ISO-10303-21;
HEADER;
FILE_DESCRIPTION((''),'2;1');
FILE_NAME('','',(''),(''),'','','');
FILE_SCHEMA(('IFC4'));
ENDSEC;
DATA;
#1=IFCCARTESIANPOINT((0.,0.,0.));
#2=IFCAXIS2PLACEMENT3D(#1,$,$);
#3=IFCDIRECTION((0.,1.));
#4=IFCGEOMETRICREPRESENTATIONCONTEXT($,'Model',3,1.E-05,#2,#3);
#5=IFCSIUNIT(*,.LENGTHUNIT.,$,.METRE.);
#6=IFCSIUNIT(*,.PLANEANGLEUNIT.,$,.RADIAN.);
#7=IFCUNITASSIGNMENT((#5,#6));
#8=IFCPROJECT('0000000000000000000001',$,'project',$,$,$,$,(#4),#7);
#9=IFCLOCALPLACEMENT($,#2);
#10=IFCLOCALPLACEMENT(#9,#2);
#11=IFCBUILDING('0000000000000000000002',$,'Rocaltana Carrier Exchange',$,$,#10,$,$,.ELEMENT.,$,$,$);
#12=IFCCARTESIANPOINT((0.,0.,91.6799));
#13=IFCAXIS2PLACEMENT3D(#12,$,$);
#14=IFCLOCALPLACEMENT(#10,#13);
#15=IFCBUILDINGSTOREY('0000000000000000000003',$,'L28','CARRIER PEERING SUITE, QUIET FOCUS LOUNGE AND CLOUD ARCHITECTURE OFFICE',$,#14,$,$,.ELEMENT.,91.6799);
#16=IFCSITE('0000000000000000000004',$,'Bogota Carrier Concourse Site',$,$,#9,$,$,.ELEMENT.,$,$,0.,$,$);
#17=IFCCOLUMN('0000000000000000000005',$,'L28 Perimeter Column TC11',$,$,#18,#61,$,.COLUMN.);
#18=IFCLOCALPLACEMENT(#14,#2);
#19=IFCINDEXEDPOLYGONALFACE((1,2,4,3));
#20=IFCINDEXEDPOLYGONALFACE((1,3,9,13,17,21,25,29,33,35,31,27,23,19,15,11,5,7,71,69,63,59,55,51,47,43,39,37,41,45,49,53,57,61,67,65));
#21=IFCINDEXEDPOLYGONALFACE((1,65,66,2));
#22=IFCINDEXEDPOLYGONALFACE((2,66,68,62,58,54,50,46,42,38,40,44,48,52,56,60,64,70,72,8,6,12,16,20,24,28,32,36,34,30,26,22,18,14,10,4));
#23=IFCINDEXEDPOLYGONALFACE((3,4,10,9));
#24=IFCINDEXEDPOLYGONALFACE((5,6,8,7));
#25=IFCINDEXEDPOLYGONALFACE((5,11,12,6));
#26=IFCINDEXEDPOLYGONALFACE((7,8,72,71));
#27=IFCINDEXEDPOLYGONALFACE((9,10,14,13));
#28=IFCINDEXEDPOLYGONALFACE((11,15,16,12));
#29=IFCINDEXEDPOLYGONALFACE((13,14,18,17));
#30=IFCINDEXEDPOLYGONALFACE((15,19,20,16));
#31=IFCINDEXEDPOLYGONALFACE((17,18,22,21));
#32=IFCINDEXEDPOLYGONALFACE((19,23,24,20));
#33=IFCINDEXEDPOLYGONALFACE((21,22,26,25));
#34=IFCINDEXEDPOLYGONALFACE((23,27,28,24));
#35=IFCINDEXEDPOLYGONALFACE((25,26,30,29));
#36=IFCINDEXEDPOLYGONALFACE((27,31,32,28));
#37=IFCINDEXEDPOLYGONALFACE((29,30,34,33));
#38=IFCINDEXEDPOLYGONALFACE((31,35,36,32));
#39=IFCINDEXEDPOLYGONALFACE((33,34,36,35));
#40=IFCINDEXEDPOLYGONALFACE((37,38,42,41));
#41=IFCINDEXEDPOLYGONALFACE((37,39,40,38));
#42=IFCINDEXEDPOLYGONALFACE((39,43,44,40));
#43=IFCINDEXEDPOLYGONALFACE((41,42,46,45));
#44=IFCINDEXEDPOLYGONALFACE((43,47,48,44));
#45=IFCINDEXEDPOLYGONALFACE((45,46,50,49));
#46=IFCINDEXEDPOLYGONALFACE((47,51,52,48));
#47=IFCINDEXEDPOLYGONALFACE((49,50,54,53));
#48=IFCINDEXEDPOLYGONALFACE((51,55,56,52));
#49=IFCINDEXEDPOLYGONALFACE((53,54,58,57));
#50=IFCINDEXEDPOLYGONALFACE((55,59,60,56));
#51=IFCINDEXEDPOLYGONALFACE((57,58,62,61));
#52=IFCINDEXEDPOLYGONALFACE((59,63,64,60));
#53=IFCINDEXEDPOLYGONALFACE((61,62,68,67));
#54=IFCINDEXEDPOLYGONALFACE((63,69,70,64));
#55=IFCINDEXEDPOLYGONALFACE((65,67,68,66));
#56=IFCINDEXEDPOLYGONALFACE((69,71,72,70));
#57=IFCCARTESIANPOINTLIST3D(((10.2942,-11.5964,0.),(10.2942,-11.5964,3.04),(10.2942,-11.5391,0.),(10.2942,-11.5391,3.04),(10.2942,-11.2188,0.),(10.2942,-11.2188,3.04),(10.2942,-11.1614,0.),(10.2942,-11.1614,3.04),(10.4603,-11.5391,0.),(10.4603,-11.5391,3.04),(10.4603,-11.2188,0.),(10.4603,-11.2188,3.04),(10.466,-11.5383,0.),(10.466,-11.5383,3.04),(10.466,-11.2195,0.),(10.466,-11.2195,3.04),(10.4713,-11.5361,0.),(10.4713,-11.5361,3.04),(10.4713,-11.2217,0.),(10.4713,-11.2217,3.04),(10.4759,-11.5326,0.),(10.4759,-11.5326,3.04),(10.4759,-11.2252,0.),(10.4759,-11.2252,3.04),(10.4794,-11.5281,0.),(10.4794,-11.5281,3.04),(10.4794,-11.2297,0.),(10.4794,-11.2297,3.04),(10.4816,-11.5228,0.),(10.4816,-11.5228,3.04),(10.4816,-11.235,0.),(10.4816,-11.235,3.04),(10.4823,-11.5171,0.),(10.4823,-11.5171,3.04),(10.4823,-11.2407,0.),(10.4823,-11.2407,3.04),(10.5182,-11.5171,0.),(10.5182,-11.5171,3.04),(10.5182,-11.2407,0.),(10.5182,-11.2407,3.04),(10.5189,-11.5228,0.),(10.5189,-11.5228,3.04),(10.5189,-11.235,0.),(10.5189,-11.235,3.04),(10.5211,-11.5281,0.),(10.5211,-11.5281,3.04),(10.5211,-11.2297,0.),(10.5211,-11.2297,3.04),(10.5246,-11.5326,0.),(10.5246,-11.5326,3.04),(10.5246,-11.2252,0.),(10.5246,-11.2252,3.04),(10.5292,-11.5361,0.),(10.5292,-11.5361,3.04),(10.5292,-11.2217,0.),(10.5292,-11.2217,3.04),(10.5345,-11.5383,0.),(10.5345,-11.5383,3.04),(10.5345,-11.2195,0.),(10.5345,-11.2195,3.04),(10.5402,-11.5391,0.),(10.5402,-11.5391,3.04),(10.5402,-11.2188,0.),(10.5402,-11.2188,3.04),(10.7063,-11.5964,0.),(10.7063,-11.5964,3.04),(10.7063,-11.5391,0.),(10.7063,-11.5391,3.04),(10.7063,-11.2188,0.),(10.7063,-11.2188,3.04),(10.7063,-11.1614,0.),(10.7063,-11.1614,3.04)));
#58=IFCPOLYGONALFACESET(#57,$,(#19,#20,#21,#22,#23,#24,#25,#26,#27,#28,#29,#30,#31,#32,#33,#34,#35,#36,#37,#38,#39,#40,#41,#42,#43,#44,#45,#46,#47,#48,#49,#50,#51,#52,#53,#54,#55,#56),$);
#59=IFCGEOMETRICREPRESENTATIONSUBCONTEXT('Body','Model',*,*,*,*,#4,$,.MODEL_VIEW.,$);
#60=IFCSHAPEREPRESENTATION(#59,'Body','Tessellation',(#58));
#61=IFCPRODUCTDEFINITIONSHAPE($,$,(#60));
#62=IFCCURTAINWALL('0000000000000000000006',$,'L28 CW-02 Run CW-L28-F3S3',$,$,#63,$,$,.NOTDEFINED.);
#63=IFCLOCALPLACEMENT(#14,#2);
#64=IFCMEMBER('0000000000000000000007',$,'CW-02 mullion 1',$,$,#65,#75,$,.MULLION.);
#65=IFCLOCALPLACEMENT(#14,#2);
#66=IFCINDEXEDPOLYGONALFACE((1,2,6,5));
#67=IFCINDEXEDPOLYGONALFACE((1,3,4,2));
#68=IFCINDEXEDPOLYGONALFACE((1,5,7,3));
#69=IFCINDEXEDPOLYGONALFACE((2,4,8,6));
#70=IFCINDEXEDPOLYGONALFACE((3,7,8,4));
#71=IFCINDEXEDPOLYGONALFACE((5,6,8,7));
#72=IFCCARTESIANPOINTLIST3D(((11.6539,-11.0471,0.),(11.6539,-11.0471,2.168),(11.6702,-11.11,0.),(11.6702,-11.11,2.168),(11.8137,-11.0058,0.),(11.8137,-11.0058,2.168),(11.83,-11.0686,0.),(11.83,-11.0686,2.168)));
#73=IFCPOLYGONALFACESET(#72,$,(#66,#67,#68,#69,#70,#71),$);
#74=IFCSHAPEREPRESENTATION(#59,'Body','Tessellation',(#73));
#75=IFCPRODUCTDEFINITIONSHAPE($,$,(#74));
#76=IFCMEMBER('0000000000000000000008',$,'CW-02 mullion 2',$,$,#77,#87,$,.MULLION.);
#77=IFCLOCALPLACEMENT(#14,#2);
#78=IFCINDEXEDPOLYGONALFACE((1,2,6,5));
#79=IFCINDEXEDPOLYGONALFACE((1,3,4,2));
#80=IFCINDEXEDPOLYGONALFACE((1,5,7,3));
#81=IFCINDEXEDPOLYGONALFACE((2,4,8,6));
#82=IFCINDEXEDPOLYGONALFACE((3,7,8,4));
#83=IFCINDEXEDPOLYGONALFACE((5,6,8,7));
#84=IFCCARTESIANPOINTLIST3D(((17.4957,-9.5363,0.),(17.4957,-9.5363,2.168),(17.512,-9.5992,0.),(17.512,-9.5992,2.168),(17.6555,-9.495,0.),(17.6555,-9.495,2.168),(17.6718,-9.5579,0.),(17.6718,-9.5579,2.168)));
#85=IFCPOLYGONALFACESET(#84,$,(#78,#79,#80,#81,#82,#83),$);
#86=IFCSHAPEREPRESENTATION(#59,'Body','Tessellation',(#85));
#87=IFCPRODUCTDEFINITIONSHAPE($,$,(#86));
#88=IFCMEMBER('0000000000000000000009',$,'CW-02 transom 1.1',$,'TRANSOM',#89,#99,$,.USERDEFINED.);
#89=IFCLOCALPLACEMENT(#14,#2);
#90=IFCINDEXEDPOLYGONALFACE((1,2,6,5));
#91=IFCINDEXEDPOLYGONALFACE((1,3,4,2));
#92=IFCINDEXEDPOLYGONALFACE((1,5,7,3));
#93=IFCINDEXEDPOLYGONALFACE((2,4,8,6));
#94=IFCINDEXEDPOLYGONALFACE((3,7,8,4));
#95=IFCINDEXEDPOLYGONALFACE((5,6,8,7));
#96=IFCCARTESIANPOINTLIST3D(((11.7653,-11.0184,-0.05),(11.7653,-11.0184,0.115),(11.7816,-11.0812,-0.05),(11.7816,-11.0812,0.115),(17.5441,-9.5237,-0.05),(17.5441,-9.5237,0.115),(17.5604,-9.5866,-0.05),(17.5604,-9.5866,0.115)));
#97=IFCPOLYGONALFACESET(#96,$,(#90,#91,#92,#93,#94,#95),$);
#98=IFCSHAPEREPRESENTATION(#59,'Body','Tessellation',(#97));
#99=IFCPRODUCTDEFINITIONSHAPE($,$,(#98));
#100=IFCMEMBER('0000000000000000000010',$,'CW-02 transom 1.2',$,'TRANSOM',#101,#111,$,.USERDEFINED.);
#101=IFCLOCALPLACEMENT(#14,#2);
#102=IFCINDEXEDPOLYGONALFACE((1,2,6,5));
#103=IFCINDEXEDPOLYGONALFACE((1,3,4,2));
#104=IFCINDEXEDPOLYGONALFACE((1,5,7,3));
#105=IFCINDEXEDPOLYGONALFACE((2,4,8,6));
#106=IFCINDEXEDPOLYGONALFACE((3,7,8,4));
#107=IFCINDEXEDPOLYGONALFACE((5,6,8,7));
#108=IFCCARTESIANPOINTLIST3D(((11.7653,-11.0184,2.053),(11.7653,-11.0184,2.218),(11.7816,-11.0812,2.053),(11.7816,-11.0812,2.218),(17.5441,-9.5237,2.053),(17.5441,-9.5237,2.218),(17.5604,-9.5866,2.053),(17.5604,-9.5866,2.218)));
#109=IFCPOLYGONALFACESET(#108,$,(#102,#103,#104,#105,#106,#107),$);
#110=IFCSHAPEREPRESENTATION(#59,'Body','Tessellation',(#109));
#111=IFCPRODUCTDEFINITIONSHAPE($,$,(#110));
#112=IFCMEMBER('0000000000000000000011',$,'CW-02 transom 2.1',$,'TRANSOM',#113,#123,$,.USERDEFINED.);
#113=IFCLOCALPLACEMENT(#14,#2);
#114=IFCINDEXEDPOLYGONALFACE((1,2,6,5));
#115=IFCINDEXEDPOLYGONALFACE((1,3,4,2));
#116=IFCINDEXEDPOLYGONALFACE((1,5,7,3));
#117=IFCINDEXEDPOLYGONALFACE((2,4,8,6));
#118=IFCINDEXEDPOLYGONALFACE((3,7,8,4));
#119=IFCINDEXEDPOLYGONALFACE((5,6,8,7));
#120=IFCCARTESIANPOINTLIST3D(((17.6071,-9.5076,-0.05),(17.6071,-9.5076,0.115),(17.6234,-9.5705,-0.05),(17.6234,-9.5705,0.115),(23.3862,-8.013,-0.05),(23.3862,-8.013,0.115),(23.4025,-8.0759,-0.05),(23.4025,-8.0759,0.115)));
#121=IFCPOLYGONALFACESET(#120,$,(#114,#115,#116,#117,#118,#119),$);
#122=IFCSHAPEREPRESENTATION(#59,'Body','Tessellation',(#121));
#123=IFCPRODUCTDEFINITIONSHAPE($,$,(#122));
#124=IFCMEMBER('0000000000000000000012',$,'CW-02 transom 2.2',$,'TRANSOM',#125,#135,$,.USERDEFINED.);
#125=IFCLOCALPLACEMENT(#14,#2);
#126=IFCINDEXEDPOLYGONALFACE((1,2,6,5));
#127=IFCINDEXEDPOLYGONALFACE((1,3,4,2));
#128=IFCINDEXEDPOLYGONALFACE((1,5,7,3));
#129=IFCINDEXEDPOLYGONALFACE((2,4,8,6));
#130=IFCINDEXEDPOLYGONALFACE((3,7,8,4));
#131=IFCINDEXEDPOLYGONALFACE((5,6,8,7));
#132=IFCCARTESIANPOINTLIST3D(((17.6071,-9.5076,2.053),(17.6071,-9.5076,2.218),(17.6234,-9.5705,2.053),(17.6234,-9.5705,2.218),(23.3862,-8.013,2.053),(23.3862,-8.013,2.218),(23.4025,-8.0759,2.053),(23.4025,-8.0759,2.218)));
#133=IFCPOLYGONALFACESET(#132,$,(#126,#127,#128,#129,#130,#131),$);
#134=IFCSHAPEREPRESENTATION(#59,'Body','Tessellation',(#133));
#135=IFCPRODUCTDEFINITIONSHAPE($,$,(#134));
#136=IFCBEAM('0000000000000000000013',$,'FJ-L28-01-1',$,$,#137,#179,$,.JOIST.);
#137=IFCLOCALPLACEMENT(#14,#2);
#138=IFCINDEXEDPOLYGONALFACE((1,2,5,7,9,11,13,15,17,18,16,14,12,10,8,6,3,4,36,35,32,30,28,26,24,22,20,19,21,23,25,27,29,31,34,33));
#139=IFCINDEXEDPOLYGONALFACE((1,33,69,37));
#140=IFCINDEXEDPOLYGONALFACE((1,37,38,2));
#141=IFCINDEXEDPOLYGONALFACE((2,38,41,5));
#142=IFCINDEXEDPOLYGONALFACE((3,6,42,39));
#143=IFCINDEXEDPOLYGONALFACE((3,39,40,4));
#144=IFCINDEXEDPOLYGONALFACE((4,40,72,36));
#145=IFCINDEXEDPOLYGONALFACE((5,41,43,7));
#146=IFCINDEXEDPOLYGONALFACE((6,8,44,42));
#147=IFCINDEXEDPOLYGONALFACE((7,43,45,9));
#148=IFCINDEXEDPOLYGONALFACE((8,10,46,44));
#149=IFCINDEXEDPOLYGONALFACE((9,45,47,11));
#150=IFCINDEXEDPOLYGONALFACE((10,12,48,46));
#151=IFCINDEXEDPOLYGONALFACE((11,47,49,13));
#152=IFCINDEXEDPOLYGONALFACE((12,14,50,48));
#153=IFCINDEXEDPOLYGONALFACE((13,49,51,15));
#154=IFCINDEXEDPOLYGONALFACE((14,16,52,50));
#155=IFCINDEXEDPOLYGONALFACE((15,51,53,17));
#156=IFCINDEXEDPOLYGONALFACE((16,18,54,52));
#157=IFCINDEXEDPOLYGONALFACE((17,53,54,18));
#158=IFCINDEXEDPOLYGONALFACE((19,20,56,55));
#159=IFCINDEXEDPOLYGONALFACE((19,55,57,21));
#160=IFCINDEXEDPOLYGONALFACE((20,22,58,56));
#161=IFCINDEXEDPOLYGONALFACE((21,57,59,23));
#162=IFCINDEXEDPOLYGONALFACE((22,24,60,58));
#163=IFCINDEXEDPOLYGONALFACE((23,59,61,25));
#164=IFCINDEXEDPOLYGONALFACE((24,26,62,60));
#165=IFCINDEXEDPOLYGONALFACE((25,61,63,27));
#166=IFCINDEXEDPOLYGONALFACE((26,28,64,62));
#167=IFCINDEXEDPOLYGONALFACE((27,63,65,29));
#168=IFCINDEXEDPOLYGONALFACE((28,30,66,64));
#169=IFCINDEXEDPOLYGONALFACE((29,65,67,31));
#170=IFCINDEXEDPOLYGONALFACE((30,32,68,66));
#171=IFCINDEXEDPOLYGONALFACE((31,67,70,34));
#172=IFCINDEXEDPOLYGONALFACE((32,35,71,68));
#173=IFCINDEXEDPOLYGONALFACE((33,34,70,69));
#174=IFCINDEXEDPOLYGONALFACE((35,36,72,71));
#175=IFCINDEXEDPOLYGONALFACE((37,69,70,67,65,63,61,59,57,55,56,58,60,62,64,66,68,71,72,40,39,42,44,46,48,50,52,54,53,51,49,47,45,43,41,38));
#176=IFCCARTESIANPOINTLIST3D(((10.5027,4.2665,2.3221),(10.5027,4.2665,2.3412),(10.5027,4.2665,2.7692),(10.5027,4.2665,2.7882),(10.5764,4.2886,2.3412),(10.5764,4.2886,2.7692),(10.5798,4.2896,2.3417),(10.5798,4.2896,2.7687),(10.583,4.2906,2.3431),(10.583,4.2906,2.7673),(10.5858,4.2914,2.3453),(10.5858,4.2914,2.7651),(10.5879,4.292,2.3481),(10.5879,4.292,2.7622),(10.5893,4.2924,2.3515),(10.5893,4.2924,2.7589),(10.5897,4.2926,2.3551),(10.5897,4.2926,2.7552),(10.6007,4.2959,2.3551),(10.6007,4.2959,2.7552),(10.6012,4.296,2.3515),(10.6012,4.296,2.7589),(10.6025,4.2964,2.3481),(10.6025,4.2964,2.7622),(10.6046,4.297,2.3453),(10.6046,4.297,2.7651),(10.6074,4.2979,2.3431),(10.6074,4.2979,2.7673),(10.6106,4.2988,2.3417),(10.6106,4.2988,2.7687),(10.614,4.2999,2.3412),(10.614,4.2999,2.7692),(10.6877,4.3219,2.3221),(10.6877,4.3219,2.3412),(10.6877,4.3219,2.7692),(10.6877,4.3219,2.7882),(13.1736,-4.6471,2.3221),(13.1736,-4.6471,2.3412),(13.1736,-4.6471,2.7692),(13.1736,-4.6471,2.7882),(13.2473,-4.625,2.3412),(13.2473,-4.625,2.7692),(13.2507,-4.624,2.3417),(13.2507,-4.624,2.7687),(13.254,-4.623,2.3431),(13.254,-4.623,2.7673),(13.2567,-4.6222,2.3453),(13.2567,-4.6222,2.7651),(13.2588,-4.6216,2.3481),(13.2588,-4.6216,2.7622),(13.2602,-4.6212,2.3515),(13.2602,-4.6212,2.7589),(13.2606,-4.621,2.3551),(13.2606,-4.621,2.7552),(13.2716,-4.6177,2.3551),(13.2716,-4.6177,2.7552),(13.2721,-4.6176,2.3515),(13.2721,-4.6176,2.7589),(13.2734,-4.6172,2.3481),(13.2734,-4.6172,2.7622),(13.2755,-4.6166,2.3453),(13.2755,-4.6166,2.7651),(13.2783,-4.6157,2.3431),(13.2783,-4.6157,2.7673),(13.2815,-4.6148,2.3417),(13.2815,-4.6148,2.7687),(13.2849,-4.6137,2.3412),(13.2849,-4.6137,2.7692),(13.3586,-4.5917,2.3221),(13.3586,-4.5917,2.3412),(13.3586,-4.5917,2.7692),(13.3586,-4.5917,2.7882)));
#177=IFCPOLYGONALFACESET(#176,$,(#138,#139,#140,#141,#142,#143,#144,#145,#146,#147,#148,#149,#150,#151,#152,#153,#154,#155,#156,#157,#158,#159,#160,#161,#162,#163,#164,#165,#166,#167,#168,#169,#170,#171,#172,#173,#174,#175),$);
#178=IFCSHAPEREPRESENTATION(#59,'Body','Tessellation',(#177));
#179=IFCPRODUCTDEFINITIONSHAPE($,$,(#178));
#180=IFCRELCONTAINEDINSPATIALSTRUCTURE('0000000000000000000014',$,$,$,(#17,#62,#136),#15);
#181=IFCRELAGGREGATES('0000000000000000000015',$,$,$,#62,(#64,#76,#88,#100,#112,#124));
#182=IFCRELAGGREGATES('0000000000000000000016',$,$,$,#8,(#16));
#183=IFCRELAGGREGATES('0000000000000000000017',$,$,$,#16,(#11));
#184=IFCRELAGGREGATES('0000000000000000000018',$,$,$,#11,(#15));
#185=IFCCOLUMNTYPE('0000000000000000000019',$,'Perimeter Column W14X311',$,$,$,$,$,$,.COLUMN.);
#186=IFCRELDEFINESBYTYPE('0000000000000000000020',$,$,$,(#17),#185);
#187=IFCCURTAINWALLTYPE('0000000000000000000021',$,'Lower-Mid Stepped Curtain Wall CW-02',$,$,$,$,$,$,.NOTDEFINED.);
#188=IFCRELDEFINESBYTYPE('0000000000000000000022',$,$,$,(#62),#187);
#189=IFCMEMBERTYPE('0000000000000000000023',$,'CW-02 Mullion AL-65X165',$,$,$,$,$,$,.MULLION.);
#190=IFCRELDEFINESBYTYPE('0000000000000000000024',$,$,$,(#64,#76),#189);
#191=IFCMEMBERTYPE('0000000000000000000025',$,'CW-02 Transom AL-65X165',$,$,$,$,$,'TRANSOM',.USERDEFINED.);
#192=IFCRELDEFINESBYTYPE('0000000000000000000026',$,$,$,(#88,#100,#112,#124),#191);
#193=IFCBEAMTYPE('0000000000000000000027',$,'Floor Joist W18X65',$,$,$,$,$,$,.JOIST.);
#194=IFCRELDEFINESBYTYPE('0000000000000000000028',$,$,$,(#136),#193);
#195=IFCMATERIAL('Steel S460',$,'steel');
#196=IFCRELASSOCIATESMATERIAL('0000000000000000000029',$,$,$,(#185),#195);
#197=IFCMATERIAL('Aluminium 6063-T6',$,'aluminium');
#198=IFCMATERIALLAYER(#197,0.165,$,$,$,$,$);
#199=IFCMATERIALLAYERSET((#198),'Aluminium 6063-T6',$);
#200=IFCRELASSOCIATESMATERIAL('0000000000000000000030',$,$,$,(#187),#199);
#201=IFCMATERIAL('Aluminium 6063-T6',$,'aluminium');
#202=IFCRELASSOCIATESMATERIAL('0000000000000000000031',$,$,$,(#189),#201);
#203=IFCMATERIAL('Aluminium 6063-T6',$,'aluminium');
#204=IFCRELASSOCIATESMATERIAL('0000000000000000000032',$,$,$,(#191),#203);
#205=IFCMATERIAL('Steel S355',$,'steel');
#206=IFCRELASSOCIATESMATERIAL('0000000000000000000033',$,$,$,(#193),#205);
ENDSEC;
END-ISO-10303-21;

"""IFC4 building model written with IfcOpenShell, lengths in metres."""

from ifc_helpers import new_model, si_unit, direction, frame, origin, origin_2d, place, context, subcontext, project, spatial, rectangle, i_section, extrude, material, layer, layer_set, material_profile, profile_set, type_object, element, aggregate, save


model = new_model("IFC4")

# Units and contexts
model_context = context("Model", 3, precision=1e-05, world=origin(), true_north=direction((0.0, 1.0)))
body_context = subcontext(model_context, "Body", "Model", "MODEL_VIEW")
ifc_project = project(units=[si_unit("LENGTHUNIT", "METRE"), si_unit("PLANEANGLEUNIT", "RADIAN")], contexts=[model_context])

# Site, building, storey
site_placement = place(None, origin())
site = spatial("IfcSite", under=ifc_project, at=site_placement, Name="Bogota Carrier Concourse Site", CompositionType="ELEMENT", RefElevation=0.0)
building_placement = place(site_placement, origin())
building = spatial("IfcBuilding", under=site, at=building_placement, Name="Rocaltana Carrier Exchange", CompositionType="ELEMENT")
storey_placement = place(building_placement, frame((0.0, 0.0, 91.6799)))
storey = spatial("IfcBuildingStorey", under=building, at=storey_placement, Name="L28", Description="CARRIER PEERING SUITE, QUIET FOCUS LOUNGE AND CLOUD ARCHITECTURE OFFICE", CompositionType="ELEMENT", Elevation=91.6799)

# Column
ifc_material_1 = material(Name="Steel S460", Category="steel")
ifc_material_profile_1 = material_profile(ifc_material_1, i_section(OverallWidth=0.4121, OverallDepth=0.4351, WebThickness=0.0359, FlangeThickness=0.0574, FilletRadius=0.022, at=origin_2d()), Name="W14X311")
ifc_profile_set_1 = profile_set([ifc_material_profile_1], Name="Steel S460")
column_type = type_object("IfcColumnType", Name="Perimeter Column W14X311", PredefinedType="COLUMN", material=ifc_profile_set_1)
column_placement = place(storey_placement, frame((10.5002, -11.3789, 0.0), z_axis=(0.0, 0.0, 1.0), x_axis=(1.0, 0.0, 0.0)))
element("IfcColumn", 1, at=column_placement, inside=storey, type_object=column_type, Name="L28 Perimeter Column TC11", PredefinedType="COLUMN", context=body_context, shape_type="SweptSolid", body=[
    extrude(i_section(OverallWidth=0.4121, OverallDepth=0.4351, WebThickness=0.0359, FlangeThickness=0.0574, FilletRadius=0.022, at=origin_2d()), origin(), (0.0, 0.0, 1.0), 3.04),
])

# Curtain wall, members
ifc_material_2 = material(Name="Aluminium 6063-T6", Category="aluminium")
ifc_layer_1 = layer(ifc_material_2, 0.165)
ifc_layer_set_1 = layer_set([ifc_layer_1], Name="Aluminium 6063-T6")
curtain_wall_type = type_object("IfcCurtainWallType", Name="Lower-Mid Stepped Curtain Wall CW-02", PredefinedType="NOTDEFINED", material=ifc_layer_set_1)
curtain_wall_placement = place(storey_placement, origin())
curtain_wall = element("IfcCurtainWall", 2, at=curtain_wall_placement, inside=storey, type_object=curtain_wall_type, Name="L28 CW-02 Run CW-L28-F3S3", PredefinedType="NOTDEFINED")
ifc_material_3 = material(Name="Aluminium 6063-T6", Category="aluminium")
ifc_material_profile_2 = material_profile(ifc_material_3, rectangle(XDim=0.0649, YDim=0.165, at=origin_2d()), Name="AL-65X165")
ifc_profile_set_2 = profile_set([ifc_material_profile_2], Name="Aluminium 6063-T6")
member_type_1 = type_object("IfcMemberType", Name="CW-02 Mullion AL-65X165", PredefinedType="MULLION", material=ifc_profile_set_2)
member_1_placement = place(storey_placement, frame((11.7419, -11.0579, 0.0), z_axis=(0.0, 0.0, 1.0), x_axis=(-0.25037, 0.96815, 0.0)))
member_1 = element("IfcMember", 3, at=member_1_placement, type_object=member_type_1, Name="CW-02 mullion 1", PredefinedType="MULLION", context=body_context, shape_type="SweptSolid", body=[
    extrude(rectangle(XDim=0.0649, YDim=0.165, at=origin_2d()), origin(), (0.0, 0.0, 1.0), 2.168),
])
member_2_placement = place(storey_placement, frame((17.5837, -9.5471, 0.0), z_axis=(0.0, 0.0, 1.0), x_axis=(-0.25037, 0.96815, 0.0)))
member_2 = element("IfcMember", 4, at=member_2_placement, type_object=member_type_1, Name="CW-02 mullion 2", PredefinedType="MULLION", context=body_context, shape_type="SweptSolid", body=[
    extrude(rectangle(XDim=0.0649, YDim=0.165, at=origin_2d()), origin(), (0.0, 0.0, 1.0), 2.168),
])
ifc_material_4 = material(Name="Aluminium 6063-T6", Category="aluminium")
ifc_material_profile_3 = material_profile(ifc_material_4, rectangle(XDim=0.0649, YDim=0.165, at=origin_2d()), Name="AL-65X165")
ifc_profile_set_3 = profile_set([ifc_material_profile_3], Name="Aluminium 6063-T6")
member_type_2 = type_object("IfcMemberType", Name="CW-02 Transom AL-65X165", ElementType="TRANSOM", PredefinedType="USERDEFINED", material=ifc_profile_set_3)
member_3_placement = place(storey_placement, frame((11.7734, -11.0498, 0.0325), z_axis=(0.968142, 0.2504, 0.0), x_axis=(-0.2504, 0.968142, 0.0)))
member_3 = element("IfcMember", 5, at=member_3_placement, type_object=member_type_2, Name="CW-02 transom 1.1", ObjectType="TRANSOM", PredefinedType="USERDEFINED", context=body_context, shape_type="SweptSolid", body=[
    extrude(rectangle(XDim=0.0649, YDim=0.165, at=origin_2d()), origin(), (0.0, 0.0, 1.0), 5.969),
])
member_4_placement = place(storey_placement, frame((11.7734, -11.0498, 2.1355), z_axis=(0.968142, 0.2504, 0.0), x_axis=(-0.2504, 0.968142, 0.0)))
member_4 = element("IfcMember", 6, at=member_4_placement, type_object=member_type_2, Name="CW-02 transom 1.2", ObjectType="TRANSOM", PredefinedType="USERDEFINED", context=body_context, shape_type="SweptSolid", body=[
    extrude(rectangle(XDim=0.0649, YDim=0.165, at=origin_2d()), origin(), (0.0, 0.0, 1.0), 5.969),
])
member_5_placement = place(storey_placement, frame((17.6152, -9.5391, 0.0325), z_axis=(0.968145, 0.25039, 0.0), x_axis=(-0.25039, 0.968145, 0.0)))
member_5 = element("IfcMember", 7, at=member_5_placement, type_object=member_type_2, Name="CW-02 transom 2.1", ObjectType="TRANSOM", PredefinedType="USERDEFINED", context=body_context, shape_type="SweptSolid", body=[
    extrude(rectangle(XDim=0.0649, YDim=0.165, at=origin_2d()), origin(), (0.0, 0.0, 1.0), 5.9692),
])
member_6_placement = place(storey_placement, frame((17.6152, -9.5391, 2.1355), z_axis=(0.968145, 0.25039, 0.0), x_axis=(-0.25039, 0.968145, 0.0)))
member_6 = element("IfcMember", 8, at=member_6_placement, type_object=member_type_2, Name="CW-02 transom 2.2", ObjectType="TRANSOM", PredefinedType="USERDEFINED", context=body_context, shape_type="SweptSolid", body=[
    extrude(rectangle(XDim=0.0649, YDim=0.165, at=origin_2d()), origin(), (0.0, 0.0, 1.0), 5.9692),
])

# Beam
ifc_material_5 = material(Name="Steel S355", Category="steel")
ifc_material_profile_4 = material_profile(ifc_material_5, i_section(OverallWidth=0.1931, OverallDepth=0.4661, WebThickness=0.0115, FlangeThickness=0.019, FilletRadius=0.0139, at=origin_2d()), Name="W18X65")
ifc_profile_set_4 = profile_set([ifc_material_profile_4], Name="Steel S355")
beam_type_1 = type_object("IfcBeamType", Name="Floor Joist W18X65", PredefinedType="JOIST", material=ifc_profile_set_4)
beam_1_placement = place(storey_placement, frame((13.2661, -4.6194, 2.5552), z_axis=(-0.287035, 0.95792, 0.0), x_axis=(-0.95792, -0.287035, 0.0)))
element("IfcBeam", 9, at=beam_1_placement, inside=storey, type_object=beam_type_1, Name="FJ-L28-01-1", PredefinedType="JOIST", context=body_context, shape_type="SweptSolid", body=[
    extrude(i_section(OverallWidth=0.1931, OverallDepth=0.4661, WebThickness=0.0115, FlangeThickness=0.019, FilletRadius=0.0139, at=origin_2d()), origin(), (0.0, 0.0, 1.0), 9.3052),
])

aggregate(curtain_wall, [member_1, member_2, member_3, member_4, member_5, member_6])

save(model, "model.ifc")
